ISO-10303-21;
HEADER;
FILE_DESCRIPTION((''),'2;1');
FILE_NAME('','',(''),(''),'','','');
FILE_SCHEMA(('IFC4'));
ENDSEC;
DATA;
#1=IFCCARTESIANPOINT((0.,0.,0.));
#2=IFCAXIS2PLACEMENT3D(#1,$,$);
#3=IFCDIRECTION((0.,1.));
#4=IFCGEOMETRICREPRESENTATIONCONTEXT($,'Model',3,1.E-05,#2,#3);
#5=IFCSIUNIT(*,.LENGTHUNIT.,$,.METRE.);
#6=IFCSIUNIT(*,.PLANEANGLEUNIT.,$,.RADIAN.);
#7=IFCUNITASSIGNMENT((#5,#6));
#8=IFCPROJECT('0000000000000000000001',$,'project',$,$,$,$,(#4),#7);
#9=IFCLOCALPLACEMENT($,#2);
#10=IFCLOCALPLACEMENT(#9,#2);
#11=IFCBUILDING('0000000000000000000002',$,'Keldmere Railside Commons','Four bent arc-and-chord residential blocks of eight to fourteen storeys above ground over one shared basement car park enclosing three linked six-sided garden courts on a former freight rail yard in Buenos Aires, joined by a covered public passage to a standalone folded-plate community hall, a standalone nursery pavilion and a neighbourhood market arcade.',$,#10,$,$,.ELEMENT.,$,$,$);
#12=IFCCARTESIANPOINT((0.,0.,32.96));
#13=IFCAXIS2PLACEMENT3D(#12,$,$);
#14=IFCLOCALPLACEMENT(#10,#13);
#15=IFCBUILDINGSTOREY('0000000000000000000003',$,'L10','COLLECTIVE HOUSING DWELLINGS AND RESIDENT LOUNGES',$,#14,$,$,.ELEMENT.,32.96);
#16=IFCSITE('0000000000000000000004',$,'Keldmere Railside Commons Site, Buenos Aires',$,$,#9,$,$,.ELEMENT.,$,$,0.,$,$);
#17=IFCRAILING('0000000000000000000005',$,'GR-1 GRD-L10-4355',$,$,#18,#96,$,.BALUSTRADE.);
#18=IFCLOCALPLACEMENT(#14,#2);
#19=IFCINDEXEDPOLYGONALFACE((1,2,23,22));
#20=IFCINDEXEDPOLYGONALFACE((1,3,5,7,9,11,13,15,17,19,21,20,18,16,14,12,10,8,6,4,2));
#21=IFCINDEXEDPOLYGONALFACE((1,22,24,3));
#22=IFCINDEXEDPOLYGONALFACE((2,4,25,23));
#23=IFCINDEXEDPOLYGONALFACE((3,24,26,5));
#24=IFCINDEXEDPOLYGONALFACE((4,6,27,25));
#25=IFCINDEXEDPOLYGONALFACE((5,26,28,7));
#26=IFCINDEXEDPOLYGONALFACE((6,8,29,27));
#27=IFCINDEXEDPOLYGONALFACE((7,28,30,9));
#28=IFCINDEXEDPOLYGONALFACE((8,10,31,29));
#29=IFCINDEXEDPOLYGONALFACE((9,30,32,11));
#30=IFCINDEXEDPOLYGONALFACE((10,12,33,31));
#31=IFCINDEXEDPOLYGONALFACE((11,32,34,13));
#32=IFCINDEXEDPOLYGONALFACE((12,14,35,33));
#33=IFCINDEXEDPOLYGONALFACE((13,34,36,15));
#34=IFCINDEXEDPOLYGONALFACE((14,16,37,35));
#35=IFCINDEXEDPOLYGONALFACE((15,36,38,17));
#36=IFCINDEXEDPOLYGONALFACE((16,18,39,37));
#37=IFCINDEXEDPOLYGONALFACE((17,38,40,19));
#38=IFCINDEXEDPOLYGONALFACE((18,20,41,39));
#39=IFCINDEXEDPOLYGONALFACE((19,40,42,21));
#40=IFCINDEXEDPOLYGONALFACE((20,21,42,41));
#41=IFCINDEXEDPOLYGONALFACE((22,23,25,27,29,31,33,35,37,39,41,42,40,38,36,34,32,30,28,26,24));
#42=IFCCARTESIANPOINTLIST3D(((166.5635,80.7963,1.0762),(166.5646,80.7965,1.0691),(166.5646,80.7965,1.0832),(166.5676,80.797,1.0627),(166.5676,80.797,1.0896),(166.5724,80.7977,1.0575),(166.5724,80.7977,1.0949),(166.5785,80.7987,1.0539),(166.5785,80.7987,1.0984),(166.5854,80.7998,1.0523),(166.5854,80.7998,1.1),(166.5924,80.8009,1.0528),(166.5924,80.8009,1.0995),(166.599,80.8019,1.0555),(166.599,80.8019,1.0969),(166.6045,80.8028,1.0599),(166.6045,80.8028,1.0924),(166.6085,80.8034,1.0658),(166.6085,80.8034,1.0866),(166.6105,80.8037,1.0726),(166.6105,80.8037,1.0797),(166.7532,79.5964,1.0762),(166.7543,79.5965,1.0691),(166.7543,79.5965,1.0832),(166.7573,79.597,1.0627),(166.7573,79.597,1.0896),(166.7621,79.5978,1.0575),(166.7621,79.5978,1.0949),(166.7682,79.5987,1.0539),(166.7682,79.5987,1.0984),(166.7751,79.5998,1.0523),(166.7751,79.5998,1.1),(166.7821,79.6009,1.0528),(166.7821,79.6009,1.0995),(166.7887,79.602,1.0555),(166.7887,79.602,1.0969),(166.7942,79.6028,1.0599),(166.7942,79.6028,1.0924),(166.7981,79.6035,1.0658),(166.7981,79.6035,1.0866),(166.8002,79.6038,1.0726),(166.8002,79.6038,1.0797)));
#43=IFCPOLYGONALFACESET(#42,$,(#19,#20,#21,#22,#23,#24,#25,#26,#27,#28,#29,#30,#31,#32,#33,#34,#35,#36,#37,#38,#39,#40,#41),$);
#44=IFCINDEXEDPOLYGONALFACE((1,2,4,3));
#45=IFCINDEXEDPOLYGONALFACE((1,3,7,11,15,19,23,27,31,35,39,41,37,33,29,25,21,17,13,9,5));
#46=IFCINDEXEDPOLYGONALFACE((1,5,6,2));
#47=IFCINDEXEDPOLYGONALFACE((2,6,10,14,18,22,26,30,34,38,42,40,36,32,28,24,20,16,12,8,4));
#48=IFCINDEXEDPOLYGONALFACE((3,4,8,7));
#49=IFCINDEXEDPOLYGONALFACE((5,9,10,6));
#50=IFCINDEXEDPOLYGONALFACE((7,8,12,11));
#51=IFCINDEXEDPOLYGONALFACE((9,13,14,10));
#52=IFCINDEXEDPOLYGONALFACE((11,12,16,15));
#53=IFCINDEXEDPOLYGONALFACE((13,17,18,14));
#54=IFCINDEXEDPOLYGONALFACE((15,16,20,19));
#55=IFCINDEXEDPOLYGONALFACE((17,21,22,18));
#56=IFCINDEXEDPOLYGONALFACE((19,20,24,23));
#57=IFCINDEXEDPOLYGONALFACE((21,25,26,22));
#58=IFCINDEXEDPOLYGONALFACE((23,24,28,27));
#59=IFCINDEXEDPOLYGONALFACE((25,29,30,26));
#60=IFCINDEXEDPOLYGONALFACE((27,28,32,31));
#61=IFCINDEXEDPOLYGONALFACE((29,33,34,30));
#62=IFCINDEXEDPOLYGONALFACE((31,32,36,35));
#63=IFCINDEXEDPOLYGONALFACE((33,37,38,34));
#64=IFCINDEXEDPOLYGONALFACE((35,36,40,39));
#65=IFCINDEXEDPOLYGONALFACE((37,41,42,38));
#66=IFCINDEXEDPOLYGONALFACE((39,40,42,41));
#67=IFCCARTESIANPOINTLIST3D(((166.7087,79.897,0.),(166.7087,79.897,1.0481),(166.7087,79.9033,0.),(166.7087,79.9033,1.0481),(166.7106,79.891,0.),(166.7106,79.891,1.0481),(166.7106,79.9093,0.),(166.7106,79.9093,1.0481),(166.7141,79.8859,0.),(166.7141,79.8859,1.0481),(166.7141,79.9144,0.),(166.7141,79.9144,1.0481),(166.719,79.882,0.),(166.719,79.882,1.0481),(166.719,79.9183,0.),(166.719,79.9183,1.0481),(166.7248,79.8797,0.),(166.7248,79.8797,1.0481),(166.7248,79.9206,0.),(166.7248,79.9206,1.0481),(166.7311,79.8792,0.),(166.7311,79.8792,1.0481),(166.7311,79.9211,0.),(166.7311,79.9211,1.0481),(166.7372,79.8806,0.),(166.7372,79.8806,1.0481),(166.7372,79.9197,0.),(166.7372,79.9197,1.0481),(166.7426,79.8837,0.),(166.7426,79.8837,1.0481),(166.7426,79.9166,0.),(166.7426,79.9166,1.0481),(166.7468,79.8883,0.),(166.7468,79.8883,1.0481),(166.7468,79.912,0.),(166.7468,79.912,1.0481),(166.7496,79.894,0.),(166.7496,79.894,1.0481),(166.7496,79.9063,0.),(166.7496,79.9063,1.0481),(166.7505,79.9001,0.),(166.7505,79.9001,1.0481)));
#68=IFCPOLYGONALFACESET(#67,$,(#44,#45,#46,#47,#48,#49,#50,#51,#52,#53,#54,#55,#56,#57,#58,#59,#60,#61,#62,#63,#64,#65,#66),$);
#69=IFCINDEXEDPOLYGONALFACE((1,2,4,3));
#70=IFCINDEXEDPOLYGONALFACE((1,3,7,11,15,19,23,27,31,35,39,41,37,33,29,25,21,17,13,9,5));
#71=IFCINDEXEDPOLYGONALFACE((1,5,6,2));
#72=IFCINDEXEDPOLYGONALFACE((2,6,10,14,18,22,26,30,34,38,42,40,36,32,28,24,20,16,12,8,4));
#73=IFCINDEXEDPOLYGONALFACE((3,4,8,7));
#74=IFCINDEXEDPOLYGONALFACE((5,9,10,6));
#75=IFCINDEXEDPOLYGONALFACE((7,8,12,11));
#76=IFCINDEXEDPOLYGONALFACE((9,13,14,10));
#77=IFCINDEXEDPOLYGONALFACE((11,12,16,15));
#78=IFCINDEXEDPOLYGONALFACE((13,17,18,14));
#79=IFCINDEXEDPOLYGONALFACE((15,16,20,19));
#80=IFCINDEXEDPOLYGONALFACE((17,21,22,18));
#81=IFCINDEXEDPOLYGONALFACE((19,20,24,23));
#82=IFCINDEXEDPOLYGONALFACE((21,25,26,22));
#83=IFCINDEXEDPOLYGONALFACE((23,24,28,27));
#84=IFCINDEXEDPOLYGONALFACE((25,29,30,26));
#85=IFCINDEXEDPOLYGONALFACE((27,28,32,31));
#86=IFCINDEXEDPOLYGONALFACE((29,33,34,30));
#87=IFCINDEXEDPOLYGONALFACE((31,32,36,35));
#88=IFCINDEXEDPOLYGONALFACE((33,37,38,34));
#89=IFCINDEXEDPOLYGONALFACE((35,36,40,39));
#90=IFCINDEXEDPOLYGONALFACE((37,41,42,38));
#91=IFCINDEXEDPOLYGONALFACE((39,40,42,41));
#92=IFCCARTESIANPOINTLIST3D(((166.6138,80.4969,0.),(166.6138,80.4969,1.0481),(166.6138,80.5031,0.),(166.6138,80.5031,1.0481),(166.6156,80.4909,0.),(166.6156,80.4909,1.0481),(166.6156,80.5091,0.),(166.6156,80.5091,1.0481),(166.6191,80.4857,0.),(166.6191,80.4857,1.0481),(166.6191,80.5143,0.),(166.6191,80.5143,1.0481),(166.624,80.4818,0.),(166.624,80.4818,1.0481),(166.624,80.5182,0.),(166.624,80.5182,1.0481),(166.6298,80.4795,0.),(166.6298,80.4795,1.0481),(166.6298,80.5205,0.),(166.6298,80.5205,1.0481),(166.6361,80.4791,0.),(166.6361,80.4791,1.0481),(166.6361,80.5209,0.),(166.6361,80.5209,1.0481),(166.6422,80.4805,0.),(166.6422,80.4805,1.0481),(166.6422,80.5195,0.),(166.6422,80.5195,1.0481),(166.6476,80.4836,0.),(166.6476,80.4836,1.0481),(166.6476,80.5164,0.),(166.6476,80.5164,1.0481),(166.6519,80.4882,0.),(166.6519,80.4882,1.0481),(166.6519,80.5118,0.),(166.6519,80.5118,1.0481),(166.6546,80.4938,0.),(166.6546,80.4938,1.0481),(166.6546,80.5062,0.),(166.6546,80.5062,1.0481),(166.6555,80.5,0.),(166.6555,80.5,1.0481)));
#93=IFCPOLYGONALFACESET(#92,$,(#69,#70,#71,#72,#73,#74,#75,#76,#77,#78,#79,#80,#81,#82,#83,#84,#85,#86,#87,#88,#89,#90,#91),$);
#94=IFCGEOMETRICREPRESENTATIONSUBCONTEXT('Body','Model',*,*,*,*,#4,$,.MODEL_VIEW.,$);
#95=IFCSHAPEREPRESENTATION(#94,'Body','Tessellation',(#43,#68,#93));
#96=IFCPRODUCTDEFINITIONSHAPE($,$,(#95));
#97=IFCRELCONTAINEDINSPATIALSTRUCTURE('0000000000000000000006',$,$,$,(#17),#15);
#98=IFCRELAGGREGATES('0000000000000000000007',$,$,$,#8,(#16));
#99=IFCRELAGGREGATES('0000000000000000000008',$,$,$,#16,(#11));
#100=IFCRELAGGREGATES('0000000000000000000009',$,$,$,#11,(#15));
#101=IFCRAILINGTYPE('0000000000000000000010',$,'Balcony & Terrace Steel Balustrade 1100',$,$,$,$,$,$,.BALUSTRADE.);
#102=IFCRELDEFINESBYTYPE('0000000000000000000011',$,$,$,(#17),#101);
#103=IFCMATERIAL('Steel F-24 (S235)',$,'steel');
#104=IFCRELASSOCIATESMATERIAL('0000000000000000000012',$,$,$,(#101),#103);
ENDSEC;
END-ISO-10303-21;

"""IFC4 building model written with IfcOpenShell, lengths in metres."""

from ifc_helpers import new_model, si_unit, direction, frame, origin, origin_2d, place, context, subcontext, project, spatial, circle, extrude, material, type_object, element, save


model = new_model("IFC4")

# Units and contexts
model_context = context("Model", 3, precision=1e-05, world=origin(), true_north=direction((0.0, 1.0)))
body_context = subcontext(model_context, "Body", "Model", "MODEL_VIEW")
ifc_project = project(units=[si_unit("LENGTHUNIT", "METRE"), si_unit("PLANEANGLEUNIT", "RADIAN")], contexts=[model_context])

# Site, building, storey
site_placement = place(None, origin())
site = spatial("IfcSite", under=ifc_project, at=site_placement, Name="Keldmere Railside Commons Site, Buenos Aires", CompositionType="ELEMENT", RefElevation=0.0)
building_placement = place(site_placement, origin())
building = spatial("IfcBuilding", under=site, at=building_placement, Name="Keldmere Railside Commons", Description="Four bent arc-and-chord residential blocks of eight to fourteen storeys above ground over one shared basement car park enclosing three linked six-sided garden courts on a former freight rail yard in Buenos Aires, joined by a covered public passage to a standalone folded-plate community hall, a standalone nursery pavilion and a neighbourhood market arcade.", CompositionType="ELEMENT")
storey_placement = place(building_placement, frame((0.0, 0.0, 32.96)))
storey = spatial("IfcBuildingStorey", under=building, at=storey_placement, Name="L10", Description="COLLECTIVE HOUSING DWELLINGS AND RESIDENT LOUNGES", CompositionType="ELEMENT", Elevation=32.96)

# Railing
ifc_material_1 = material(Name="Steel F-24 (S235)", Category="steel")
railing_type_1 = type_object("IfcRailingType", Name="Balcony & Terrace Steel Balustrade 1100", PredefinedType="BALUSTRADE", material=ifc_material_1)
railing_1_placement = place(storey_placement, frame((166.7769, 79.6001, 0.0)))
element("IfcRailing", 1, at=railing_1_placement, inside=storey, type_object=railing_type_1, Name="GR-1 GRD-L10-4355", PredefinedType="BALUSTRADE", context=body_context, shape_type="SweptSolid", body=[
    extrude(circle(Radius=0.0239, at=origin_2d()), frame((0.0, 0.0, 1.0762), z_axis=(-0.156148, 0.987734, 0.0), x_axis=(-0.987734, -0.156148, 0.0)), (0.0, 0.0, 1.0), 1.2148),
    extrude(circle(Radius=0.021, at=origin_2d()), frame((-0.0474, 0.3, 0.0)), (0.0, 0.0, 1.0), 1.0481),
    extrude(circle(Radius=0.021, at=origin_2d()), frame((-0.1423, 0.8999, 0.0)), (0.0, 0.0, 1.0), 1.0481),
])

save(model, "model.ifc")
